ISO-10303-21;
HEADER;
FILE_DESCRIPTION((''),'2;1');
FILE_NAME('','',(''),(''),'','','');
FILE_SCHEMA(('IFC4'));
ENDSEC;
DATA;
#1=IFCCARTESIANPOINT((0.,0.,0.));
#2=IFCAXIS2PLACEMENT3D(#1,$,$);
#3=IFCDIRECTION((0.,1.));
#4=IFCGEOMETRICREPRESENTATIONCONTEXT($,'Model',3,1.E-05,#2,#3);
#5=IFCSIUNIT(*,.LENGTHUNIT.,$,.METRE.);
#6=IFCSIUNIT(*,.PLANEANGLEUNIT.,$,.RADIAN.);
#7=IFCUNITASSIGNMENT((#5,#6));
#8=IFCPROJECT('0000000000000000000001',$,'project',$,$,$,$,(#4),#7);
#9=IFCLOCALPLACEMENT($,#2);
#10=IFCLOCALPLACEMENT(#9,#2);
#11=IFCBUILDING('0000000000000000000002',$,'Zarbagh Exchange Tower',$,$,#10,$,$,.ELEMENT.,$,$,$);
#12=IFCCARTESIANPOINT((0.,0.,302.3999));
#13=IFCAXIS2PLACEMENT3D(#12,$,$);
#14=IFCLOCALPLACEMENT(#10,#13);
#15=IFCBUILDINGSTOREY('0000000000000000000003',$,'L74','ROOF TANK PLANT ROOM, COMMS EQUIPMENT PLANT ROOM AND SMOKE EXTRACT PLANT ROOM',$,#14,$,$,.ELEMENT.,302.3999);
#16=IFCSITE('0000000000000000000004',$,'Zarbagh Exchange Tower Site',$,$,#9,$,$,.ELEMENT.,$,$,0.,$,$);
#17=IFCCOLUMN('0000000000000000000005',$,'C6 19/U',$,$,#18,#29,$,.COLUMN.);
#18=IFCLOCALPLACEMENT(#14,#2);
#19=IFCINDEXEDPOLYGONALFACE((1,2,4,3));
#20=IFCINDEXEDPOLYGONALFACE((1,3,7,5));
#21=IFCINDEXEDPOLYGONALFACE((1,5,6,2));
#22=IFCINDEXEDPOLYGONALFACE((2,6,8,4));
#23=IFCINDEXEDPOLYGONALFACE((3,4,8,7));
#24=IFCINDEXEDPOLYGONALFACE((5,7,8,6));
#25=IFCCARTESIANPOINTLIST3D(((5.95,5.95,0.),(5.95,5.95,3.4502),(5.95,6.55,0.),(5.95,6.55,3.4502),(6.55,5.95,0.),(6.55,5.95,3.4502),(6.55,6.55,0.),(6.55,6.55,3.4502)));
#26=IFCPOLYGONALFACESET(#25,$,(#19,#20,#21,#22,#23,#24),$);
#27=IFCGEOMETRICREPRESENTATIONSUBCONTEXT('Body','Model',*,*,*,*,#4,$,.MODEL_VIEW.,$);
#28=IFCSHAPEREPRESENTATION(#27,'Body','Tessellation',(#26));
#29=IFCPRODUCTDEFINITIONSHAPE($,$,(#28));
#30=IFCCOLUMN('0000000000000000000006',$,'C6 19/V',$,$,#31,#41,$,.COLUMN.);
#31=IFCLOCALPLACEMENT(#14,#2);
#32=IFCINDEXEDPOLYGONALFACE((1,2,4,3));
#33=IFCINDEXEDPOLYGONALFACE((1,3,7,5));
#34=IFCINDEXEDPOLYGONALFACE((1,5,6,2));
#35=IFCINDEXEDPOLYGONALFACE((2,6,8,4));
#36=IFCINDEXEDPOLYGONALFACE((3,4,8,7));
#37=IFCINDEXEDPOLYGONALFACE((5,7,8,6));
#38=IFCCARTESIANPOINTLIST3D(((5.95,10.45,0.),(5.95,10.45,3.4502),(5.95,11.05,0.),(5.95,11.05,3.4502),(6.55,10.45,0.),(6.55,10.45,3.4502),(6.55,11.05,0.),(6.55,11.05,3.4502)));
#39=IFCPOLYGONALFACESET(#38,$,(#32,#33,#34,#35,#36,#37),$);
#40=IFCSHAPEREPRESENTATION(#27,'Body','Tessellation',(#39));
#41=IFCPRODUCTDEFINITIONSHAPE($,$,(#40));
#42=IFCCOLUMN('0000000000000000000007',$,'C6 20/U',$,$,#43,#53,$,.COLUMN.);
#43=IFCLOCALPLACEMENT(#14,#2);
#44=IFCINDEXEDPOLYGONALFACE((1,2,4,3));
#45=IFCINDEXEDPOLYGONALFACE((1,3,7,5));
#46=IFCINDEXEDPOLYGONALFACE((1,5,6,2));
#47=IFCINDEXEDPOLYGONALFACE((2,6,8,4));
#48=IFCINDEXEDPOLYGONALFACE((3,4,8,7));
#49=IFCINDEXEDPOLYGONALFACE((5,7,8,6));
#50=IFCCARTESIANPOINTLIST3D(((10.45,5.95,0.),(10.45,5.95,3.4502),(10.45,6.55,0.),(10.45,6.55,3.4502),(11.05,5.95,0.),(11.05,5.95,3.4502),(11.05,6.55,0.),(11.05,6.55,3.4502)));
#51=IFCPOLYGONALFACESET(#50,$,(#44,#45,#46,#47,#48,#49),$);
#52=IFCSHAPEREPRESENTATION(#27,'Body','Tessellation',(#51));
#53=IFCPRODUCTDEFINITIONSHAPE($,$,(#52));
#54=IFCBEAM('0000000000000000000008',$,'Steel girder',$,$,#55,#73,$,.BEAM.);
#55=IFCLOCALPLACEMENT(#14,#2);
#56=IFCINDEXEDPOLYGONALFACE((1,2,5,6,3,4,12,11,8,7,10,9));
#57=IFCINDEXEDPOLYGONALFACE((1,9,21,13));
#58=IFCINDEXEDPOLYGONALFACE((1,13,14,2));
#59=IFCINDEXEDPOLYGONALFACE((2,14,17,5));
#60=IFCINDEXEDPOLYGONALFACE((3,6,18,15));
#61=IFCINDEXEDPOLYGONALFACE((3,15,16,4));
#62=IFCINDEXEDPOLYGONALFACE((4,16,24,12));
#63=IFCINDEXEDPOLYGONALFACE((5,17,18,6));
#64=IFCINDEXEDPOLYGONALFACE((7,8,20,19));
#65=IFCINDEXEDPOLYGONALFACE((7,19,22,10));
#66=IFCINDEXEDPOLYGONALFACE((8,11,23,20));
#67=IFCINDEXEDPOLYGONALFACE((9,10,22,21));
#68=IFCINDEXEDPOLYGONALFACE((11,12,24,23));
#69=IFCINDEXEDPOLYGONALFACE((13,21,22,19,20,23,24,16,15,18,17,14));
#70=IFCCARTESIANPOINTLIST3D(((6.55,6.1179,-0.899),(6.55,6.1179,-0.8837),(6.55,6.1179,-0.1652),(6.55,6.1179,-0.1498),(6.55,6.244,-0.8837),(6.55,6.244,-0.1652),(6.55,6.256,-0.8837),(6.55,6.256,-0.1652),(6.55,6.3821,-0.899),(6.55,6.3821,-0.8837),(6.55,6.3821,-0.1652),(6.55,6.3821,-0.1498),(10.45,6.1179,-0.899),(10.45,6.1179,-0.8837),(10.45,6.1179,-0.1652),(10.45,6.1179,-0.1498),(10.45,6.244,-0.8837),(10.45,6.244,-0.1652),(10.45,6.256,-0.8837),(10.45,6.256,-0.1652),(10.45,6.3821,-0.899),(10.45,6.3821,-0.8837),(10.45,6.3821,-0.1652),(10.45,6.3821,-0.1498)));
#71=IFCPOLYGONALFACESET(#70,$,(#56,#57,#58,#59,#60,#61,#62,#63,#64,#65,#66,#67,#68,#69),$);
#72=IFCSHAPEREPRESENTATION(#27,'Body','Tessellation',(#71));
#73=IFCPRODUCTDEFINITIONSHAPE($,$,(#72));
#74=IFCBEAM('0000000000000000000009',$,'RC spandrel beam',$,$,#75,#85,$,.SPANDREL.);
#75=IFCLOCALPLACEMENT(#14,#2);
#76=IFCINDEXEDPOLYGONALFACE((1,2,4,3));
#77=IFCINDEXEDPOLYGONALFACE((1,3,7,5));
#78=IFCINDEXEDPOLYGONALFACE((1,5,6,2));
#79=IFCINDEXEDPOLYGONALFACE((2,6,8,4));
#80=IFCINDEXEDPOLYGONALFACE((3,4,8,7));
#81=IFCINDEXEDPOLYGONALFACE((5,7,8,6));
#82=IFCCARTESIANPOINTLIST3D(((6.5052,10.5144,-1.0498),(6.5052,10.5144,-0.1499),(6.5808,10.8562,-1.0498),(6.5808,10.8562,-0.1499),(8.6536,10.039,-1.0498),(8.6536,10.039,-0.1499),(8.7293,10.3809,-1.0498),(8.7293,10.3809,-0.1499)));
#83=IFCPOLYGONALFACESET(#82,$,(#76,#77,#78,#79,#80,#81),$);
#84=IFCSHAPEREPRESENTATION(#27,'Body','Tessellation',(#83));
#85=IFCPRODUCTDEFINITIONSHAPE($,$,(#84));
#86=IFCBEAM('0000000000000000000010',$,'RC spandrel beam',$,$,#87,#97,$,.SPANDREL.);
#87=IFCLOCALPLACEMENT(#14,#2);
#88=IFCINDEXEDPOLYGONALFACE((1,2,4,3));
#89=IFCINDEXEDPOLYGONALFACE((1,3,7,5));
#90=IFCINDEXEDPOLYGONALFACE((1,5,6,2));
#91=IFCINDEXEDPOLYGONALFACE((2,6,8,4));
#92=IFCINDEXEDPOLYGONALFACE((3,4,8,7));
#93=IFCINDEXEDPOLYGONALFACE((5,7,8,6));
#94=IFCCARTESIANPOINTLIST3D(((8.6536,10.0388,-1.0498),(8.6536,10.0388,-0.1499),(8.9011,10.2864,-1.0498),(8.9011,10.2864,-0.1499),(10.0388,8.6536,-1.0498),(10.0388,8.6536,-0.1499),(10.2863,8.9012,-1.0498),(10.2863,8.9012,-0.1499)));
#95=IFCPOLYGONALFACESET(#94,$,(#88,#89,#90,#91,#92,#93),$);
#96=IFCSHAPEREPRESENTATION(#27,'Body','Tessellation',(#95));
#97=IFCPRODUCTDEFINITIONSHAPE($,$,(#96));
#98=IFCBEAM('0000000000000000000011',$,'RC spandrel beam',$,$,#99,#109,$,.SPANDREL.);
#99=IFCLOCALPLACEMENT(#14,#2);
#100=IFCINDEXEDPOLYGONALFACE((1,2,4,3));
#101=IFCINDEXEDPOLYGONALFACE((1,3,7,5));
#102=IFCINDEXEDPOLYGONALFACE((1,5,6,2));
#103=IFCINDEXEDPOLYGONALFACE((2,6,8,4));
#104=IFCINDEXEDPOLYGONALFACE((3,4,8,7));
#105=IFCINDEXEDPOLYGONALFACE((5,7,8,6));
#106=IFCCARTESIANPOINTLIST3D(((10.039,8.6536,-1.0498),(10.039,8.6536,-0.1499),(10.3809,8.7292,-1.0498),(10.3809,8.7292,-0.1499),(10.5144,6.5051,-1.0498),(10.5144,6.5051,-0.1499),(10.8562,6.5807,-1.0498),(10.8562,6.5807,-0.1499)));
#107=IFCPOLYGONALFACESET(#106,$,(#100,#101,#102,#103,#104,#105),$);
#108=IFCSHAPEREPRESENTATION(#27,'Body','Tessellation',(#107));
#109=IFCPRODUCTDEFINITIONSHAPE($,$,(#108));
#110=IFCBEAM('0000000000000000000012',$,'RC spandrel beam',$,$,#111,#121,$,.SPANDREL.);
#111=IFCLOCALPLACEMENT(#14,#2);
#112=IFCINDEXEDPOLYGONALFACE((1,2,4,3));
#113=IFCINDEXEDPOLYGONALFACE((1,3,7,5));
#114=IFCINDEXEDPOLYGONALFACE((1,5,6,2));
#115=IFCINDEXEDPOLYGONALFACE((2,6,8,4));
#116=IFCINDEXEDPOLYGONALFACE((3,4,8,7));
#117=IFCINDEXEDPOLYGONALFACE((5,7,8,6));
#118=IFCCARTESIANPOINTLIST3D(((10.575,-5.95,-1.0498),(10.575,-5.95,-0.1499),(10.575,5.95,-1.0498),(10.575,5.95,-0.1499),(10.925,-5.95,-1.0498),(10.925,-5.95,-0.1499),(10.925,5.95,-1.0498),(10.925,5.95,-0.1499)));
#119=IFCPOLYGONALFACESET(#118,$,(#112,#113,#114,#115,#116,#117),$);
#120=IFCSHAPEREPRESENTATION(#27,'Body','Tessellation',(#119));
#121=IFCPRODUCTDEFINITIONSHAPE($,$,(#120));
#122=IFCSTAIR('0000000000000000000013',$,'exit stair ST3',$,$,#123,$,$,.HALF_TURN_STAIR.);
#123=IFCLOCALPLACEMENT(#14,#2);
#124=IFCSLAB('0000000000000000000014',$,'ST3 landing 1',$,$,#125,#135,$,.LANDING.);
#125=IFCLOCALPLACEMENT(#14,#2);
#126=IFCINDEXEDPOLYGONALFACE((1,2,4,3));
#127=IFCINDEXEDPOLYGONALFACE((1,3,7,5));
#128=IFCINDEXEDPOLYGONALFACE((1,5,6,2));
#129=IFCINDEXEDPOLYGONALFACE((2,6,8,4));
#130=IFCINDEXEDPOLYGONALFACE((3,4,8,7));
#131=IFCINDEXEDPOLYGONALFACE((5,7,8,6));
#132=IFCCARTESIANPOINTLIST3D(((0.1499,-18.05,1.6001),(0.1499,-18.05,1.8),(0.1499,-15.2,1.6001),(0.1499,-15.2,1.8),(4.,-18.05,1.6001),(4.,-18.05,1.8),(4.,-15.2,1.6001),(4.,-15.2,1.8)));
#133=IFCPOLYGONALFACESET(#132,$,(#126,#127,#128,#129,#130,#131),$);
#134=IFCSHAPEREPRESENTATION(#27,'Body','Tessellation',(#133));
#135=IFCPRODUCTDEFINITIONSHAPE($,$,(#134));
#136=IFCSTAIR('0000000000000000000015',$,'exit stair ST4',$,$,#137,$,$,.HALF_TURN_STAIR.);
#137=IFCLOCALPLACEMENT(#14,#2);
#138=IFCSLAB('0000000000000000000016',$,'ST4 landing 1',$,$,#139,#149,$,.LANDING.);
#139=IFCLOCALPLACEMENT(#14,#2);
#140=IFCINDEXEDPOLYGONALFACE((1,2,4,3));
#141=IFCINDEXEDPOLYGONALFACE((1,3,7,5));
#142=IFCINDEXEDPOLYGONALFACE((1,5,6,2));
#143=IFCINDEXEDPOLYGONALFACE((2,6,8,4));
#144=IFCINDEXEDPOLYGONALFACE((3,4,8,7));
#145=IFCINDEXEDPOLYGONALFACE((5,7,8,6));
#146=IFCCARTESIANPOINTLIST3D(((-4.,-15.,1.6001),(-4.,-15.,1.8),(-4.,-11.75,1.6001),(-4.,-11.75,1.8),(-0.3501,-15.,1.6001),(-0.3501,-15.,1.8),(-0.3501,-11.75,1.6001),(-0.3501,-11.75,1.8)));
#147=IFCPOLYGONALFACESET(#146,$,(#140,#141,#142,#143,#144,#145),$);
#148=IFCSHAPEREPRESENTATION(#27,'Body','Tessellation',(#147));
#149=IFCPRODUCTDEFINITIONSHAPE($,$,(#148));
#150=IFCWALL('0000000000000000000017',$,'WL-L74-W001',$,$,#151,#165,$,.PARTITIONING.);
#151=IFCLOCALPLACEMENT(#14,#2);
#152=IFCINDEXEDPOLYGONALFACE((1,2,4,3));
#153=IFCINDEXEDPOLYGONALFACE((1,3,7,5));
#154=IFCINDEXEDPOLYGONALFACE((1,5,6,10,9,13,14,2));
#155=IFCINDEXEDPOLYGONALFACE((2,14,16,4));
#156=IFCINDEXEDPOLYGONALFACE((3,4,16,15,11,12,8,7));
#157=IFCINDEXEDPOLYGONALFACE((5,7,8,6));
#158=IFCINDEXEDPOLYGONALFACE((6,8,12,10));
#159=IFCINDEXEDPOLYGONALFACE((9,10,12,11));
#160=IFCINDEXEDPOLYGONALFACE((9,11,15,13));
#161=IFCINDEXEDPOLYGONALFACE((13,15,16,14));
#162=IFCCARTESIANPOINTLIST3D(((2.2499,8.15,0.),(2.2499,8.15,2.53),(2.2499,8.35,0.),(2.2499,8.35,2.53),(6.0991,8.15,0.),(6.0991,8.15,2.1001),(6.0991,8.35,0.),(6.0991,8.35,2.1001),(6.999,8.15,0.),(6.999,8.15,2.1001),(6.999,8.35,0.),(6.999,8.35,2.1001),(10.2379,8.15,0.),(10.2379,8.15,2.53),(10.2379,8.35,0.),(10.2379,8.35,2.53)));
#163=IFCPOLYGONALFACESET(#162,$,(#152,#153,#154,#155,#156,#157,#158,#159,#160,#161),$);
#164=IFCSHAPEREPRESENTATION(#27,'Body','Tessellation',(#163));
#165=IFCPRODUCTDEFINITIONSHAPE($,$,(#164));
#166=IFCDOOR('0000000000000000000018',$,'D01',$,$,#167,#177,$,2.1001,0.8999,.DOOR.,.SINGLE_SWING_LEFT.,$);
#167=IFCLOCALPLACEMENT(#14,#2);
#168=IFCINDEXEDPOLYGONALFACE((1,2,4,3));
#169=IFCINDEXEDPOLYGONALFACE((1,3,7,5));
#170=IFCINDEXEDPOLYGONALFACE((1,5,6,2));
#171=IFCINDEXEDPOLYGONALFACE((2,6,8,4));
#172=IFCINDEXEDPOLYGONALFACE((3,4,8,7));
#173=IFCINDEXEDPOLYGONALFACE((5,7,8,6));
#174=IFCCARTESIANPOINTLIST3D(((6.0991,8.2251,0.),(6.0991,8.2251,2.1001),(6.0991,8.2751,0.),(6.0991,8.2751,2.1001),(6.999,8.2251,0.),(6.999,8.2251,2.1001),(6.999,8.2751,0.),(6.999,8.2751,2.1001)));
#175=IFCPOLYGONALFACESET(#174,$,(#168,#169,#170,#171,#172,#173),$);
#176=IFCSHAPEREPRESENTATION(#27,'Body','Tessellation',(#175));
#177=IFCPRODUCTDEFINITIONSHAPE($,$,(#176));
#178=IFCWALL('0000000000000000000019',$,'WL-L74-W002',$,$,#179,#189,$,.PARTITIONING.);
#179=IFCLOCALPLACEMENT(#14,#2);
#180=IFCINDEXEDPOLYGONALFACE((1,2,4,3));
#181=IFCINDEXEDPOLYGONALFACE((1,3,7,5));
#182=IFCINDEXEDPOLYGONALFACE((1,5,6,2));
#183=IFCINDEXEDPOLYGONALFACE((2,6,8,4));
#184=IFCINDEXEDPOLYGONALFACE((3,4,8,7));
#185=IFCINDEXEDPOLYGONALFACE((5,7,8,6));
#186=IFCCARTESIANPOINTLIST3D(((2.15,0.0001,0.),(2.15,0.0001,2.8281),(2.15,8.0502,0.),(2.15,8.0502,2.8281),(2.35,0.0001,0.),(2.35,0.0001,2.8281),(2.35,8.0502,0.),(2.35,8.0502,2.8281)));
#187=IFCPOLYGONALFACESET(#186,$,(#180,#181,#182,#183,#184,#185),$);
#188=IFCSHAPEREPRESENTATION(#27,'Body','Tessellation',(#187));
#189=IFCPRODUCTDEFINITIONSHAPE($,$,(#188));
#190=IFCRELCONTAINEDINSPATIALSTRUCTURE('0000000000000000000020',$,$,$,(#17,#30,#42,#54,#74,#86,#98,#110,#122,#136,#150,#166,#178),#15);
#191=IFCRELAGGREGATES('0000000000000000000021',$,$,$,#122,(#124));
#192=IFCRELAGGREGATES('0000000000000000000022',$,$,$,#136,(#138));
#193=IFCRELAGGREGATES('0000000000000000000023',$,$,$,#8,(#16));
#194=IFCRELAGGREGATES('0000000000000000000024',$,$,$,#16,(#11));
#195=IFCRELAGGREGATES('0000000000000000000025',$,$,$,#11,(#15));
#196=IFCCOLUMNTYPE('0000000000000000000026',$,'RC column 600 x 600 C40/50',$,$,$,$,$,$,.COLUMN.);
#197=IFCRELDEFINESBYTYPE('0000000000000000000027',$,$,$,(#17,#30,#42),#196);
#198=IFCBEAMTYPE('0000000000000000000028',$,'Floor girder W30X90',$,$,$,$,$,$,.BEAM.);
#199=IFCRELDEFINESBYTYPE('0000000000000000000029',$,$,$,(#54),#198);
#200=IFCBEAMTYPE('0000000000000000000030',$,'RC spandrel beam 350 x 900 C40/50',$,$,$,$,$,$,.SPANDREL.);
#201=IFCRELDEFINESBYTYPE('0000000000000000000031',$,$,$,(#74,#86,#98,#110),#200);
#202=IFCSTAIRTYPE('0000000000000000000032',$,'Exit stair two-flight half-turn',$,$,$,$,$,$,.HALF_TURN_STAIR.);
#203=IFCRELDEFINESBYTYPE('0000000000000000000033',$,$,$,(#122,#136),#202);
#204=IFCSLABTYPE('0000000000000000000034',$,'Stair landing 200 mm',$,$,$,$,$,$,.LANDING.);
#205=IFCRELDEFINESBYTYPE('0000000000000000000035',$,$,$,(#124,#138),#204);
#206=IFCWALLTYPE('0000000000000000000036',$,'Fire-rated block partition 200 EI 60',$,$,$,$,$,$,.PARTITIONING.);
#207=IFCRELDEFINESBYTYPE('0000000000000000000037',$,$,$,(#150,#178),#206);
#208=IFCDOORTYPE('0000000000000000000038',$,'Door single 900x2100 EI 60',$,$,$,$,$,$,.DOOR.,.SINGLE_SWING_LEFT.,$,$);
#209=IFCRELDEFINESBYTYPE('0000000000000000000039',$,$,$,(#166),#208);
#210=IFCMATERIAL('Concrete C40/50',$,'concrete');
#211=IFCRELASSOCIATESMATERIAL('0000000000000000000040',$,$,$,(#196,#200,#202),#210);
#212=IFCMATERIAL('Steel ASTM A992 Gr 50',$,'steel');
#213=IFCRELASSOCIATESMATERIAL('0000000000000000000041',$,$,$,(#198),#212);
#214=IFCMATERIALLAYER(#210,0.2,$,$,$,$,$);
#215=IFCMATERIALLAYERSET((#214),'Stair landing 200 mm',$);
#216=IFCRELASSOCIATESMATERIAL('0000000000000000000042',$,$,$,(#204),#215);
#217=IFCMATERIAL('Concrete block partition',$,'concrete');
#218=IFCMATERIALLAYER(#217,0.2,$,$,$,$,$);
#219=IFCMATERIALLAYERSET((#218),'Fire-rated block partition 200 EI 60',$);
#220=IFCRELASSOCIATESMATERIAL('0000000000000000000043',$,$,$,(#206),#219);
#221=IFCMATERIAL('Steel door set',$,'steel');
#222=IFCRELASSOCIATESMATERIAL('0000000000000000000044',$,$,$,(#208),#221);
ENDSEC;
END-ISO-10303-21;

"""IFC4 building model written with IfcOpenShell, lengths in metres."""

from ifc_helpers import new_model, si_unit, direction, frame, frame_2d, origin, origin_2d, place, context, subcontext, project, spatial, polyline, rectangle, i_section, outline, extrude, material, layer, layer_set, material_profile, profile_set, type_object, element, fill, aggregate, save


model = new_model("IFC4")

# Units and contexts
model_context = context("Model", 3, precision=1e-05, world=origin(), true_north=direction((0.0, 1.0)))
body_context = subcontext(model_context, "Body", "Model", "MODEL_VIEW")
ifc_project = project(units=[si_unit("LENGTHUNIT", "METRE"), si_unit("PLANEANGLEUNIT", "RADIAN")], contexts=[model_context])

# Site, building, storey
site_placement = place(None, origin())
site = spatial("IfcSite", under=ifc_project, at=site_placement, Name="Zarbagh Exchange Tower Site", CompositionType="ELEMENT", RefElevation=0.0)
building_placement = place(site_placement, origin())
building = spatial("IfcBuilding", under=site, at=building_placement, Name="Zarbagh Exchange Tower", CompositionType="ELEMENT")
storey_placement = place(building_placement, frame((0.0, 0.0, 302.3999)))
storey = spatial("IfcBuildingStorey", under=building, at=storey_placement, Name="L74", Description="ROOF TANK PLANT ROOM, COMMS EQUIPMENT PLANT ROOM AND SMOKE EXTRACT PLANT ROOM", CompositionType="ELEMENT", Elevation=302.3999)

# Columns
ifc_material_1 = material(Name="Concrete C40/50", Category="concrete")
ifc_material_profile_1 = material_profile(ifc_material_1, rectangle(XDim=0.6001, YDim=0.6001, at=origin_2d()), Name="RC column 600 x 600 C40/50")
ifc_profile_set_1 = profile_set([ifc_material_profile_1], Name="Concrete C40/50")
column_type = type_object("IfcColumnType", Name="RC column 600 x 600 C40/50", PredefinedType="COLUMN", material=ifc_profile_set_1)
for number, where, z_axis, x_axis, name in (
    (1, (6.25, 6.25, 0.0), (0.0, 0.0, 1.0), (1.0, 0.0, 0.0), "C6 19/U"),
    (2, (6.25, 10.75, 0.0), (0.0, 0.0, 1.0), (1.0, 0.0, 0.0), "C6 19/V"),
    (3, (10.75, 6.25, 0.0), (0.0, 0.0, 1.0), (1.0, 0.0, 0.0), "C6 20/U"),
):
    element("IfcColumn", number, at=place(storey_placement, frame(where, z_axis=z_axis, x_axis=x_axis)), inside=storey, type_object=column_type, Name=name, PredefinedType="COLUMN", context=body_context, shape_type="SweptSolid", body=[
        extrude(rectangle(XDim=0.6001, YDim=0.6001, at=origin_2d()), origin(), (0.0, 0.0, 1.0), 3.4502),
    ])

# Beams
ifc_material_2 = material(Name="Steel ASTM A992 Gr 50", Category="steel")
ifc_material_profile_2 = material_profile(ifc_material_2, i_section(OverallWidth=0.2642, OverallDepth=0.7493, WebThickness=0.012, FlangeThickness=0.0154, at=origin_2d()), Name="W30X90")
ifc_profile_set_2 = profile_set([ifc_material_profile_2], Name="Steel ASTM A992 Gr 50")
beam_type_1 = type_object("IfcBeamType", Name="Floor girder W30X90", PredefinedType="BEAM", material=ifc_profile_set_2)
beam_1_placement = place(storey_placement, frame((6.55, 6.25, -0.5244), z_axis=(1.0, 0.0, 0.0), x_axis=(0.0, 1.0, 0.0)))
element("IfcBeam", 4, at=beam_1_placement, inside=storey, type_object=beam_type_1, Name="Steel girder", PredefinedType="BEAM", context=body_context, shape_type="SweptSolid", body=[
    extrude(i_section(OverallWidth=0.2642, OverallDepth=0.7493, WebThickness=0.012, FlangeThickness=0.0154, at=origin_2d()), origin(), (0.0, 0.0, 1.0), 3.8999),
])
ifc_material_profile_3 = material_profile(ifc_material_1, rectangle(XDim=0.3501, YDim=0.8999, at=origin_2d()), Name="RC spandrel beam 350 x 900 C40/50")
ifc_profile_set_3 = profile_set([ifc_material_profile_3], Name="Concrete C40/50")
beam_type_2 = type_object("IfcBeamType", Name="RC spandrel beam 350 x 900 C40/50", PredefinedType="SPANDREL", material=ifc_profile_set_3)
beam_2_placement = place(storey_placement, frame((6.543, 10.6853, -0.5999), z_axis=(0.976388, -0.216026, 0.0), x_axis=(0.216026, 0.976388, 0.0)))
element("IfcBeam", 5, at=beam_2_placement, inside=storey, type_object=beam_type_2, Name="RC spandrel beam", PredefinedType="SPANDREL", context=body_context, shape_type="SweptSolid", body=[
    extrude(rectangle(XDim=0.3501, YDim=0.8999, at=origin_2d()), origin(), (0.0, 0.0, 1.0), 2.2004),
])
beam_3_placement = place(storey_placement, frame((8.7773, 10.1626, -0.5999), z_axis=(0.707107, -0.707107, 0.0), x_axis=(0.707107, 0.707107, 0.0)))
element("IfcBeam", 6, at=beam_3_placement, inside=storey, type_object=beam_type_2, Name="RC spandrel beam", PredefinedType="SPANDREL", context=body_context, shape_type="SweptSolid", body=[
    extrude(rectangle(XDim=0.3501, YDim=0.8999, at=origin_2d()), origin(), (0.0, 0.0, 1.0), 1.959),
])
beam_4_placement = place(storey_placement, frame((10.21, 8.6914, -0.5999), z_axis=(0.216026, -0.976388, 0.0), x_axis=(0.976388, 0.216026, 0.0)))
element("IfcBeam", 7, at=beam_4_placement, inside=storey, type_object=beam_type_2, Name="RC spandrel beam", PredefinedType="SPANDREL", context=body_context, shape_type="SweptSolid", body=[
    extrude(rectangle(XDim=0.3501, YDim=0.8999, at=origin_2d()), origin(), (0.0, 0.0, 1.0), 2.2004),
])
beam_5_placement = place(storey_placement, frame((10.75, 5.95, -0.5999), z_axis=(0.0, -1.0, 0.0), x_axis=(1.0, 0.0, 0.0)))
element("IfcBeam", 8, at=beam_5_placement, inside=storey, type_object=beam_type_2, Name="RC spandrel beam", PredefinedType="SPANDREL", context=body_context, shape_type="SweptSolid", body=[
    extrude(rectangle(XDim=0.3501, YDim=0.8999, at=origin_2d()), origin(), (0.0, 0.0, 1.0), 11.8999),
])

# Stairs, slabs
stair_type = type_object("IfcStairType", Name="Exit stair two-flight half-turn", PredefinedType="HALF_TURN_STAIR", material=ifc_material_1)
stair_1_placement = place(storey_placement, origin())
stair_1 = element("IfcStair", 9, at=stair_1_placement, inside=storey, type_object=stair_type, Name="exit stair ST3", PredefinedType="HALF_TURN_STAIR")
ifc_layer_1 = layer(ifc_material_1, 0.2)
ifc_layer_set_1 = layer_set([ifc_layer_1], Name="Stair landing 200 mm")
slab_type = type_object("IfcSlabType", Name="Stair landing 200 mm", PredefinedType="LANDING", material=ifc_layer_set_1)
slab_1_placement = place(storey_placement, frame((0.0, 0.0, 1.6001)))
slab_1 = element("IfcSlab", 10, at=slab_1_placement, type_object=slab_type, Name="ST3 landing 1", PredefinedType="LANDING", context=body_context, shape_type="SweptSolid", body=[
    extrude(outline(polyline([(0.1499, -18.05), (4.0, -18.05), (4.0, -15.2), (0.1499, -15.2), (0.1499, -18.05)])), origin(), (0.0, 0.0, 1.0), 0.2),
])
aggregate(stair_1, [slab_1])
stair_2_placement = place(storey_placement, origin())
stair_2 = element("IfcStair", 11, at=stair_2_placement, inside=storey, type_object=stair_type, Name="exit stair ST4", PredefinedType="HALF_TURN_STAIR")
slab_2_placement = place(storey_placement, frame((0.0, 0.0, 1.6001)))
slab_2 = element("IfcSlab", 12, at=slab_2_placement, type_object=slab_type, Name="ST4 landing 1", PredefinedType="LANDING", context=body_context, shape_type="SweptSolid", body=[
    extrude(outline(polyline([(-0.3501, -11.75), (-4.0, -11.75), (-4.0, -15.0), (-0.3501, -15.0), (-0.3501, -11.75)])), origin(), (0.0, 0.0, 1.0), 0.2),
])
aggregate(stair_2, [slab_2])

# Wall, opening, door
ifc_material_3 = material(Name="Concrete block partition", Category="concrete")
ifc_layer_2 = layer(ifc_material_3, 0.2)
ifc_layer_set_2 = layer_set([ifc_layer_2], Name="Fire-rated block partition 200 EI 60")
wall_type_1 = type_object("IfcWallType", Name="Fire-rated block partition 200 EI 60", PredefinedType="PARTITIONING", material=ifc_layer_set_2)
wall_1_placement = place(storey_placement, frame((10.238, 8.25, 0.0), z_axis=(0.0, 0.0, 1.0), x_axis=(-1.0, 0.0, 0.0)))
wall_1 = element("IfcWall", 13, at=wall_1_placement, inside=storey, type_object=wall_type_1, Name="WL-L74-W001", PredefinedType="PARTITIONING", context=body_context, shape_type="SweptSolid", body=[
    extrude(rectangle(XDim=7.988, YDim=0.2, at=frame_2d((3.9941, 0.0))), origin(), (0.0, 0.0, 1.0), 2.53),
])
opening_1_placement = place(wall_1_placement, frame((3.239, 0.0, 0.0)))
opening_1 = element("IfcOpeningElement", 14, at=opening_1_placement, cuts=wall_1, PredefinedType="OPENING", context=body_context, shape_type="SweptSolid", body=[
    extrude(rectangle(XDim=0.8999, YDim=2.1001, at=frame_2d((0.45, 1.05))), frame((0.0, 0.1099, 0.0), z_axis=(0.0, -1.0, 0.0), x_axis=(1.0, 0.0, 0.0)), (0.0, 0.0, 1.0), 0.22),
])
ifc_material_4 = material(Name="Steel door set", Category="steel")
door_type_1 = type_object("IfcDoorType", Name="Door single 900x2100 EI 60", OperationType="SINGLE_SWING_LEFT", PredefinedType="DOOR", material=ifc_material_4)
door_1_placement = place(opening_1_placement, origin())
door_1 = element("IfcDoor", 15, at=door_1_placement, inside=storey, type_object=door_type_1, Name="D01", OperationType="SINGLE_SWING_LEFT", OverallHeight=2.1001, OverallWidth=0.8999, PredefinedType="DOOR", context=body_context, shape_type="SweptSolid", body=[
    extrude(rectangle(XDim=0.8999, YDim=2.1001, at=frame_2d((0.45, 1.05))), frame((0.0, 0.0249, 0.0), z_axis=(0.0, -1.0, 0.0), x_axis=(1.0, 0.0, 0.0)), (0.0, 0.0, 1.0), 0.05),
])
fill(opening_1, door_1)

# Wall
wall_2_placement = place(storey_placement, frame((2.25, 8.05, 0.0), z_axis=(0.0, 0.0, 1.0), x_axis=(0.0, -1.0, 0.0)))
element("IfcWall", 16, at=wall_2_placement, inside=storey, type_object=wall_type_1, Name="WL-L74-W002", PredefinedType="PARTITIONING", context=body_context, shape_type="SweptSolid", body=[
    extrude(rectangle(XDim=8.05, YDim=0.2, at=frame_2d((4.0249, 0.0))), origin(), (0.0, 0.0, 1.0), 2.8281),
])

save(model, "model.ifc")
